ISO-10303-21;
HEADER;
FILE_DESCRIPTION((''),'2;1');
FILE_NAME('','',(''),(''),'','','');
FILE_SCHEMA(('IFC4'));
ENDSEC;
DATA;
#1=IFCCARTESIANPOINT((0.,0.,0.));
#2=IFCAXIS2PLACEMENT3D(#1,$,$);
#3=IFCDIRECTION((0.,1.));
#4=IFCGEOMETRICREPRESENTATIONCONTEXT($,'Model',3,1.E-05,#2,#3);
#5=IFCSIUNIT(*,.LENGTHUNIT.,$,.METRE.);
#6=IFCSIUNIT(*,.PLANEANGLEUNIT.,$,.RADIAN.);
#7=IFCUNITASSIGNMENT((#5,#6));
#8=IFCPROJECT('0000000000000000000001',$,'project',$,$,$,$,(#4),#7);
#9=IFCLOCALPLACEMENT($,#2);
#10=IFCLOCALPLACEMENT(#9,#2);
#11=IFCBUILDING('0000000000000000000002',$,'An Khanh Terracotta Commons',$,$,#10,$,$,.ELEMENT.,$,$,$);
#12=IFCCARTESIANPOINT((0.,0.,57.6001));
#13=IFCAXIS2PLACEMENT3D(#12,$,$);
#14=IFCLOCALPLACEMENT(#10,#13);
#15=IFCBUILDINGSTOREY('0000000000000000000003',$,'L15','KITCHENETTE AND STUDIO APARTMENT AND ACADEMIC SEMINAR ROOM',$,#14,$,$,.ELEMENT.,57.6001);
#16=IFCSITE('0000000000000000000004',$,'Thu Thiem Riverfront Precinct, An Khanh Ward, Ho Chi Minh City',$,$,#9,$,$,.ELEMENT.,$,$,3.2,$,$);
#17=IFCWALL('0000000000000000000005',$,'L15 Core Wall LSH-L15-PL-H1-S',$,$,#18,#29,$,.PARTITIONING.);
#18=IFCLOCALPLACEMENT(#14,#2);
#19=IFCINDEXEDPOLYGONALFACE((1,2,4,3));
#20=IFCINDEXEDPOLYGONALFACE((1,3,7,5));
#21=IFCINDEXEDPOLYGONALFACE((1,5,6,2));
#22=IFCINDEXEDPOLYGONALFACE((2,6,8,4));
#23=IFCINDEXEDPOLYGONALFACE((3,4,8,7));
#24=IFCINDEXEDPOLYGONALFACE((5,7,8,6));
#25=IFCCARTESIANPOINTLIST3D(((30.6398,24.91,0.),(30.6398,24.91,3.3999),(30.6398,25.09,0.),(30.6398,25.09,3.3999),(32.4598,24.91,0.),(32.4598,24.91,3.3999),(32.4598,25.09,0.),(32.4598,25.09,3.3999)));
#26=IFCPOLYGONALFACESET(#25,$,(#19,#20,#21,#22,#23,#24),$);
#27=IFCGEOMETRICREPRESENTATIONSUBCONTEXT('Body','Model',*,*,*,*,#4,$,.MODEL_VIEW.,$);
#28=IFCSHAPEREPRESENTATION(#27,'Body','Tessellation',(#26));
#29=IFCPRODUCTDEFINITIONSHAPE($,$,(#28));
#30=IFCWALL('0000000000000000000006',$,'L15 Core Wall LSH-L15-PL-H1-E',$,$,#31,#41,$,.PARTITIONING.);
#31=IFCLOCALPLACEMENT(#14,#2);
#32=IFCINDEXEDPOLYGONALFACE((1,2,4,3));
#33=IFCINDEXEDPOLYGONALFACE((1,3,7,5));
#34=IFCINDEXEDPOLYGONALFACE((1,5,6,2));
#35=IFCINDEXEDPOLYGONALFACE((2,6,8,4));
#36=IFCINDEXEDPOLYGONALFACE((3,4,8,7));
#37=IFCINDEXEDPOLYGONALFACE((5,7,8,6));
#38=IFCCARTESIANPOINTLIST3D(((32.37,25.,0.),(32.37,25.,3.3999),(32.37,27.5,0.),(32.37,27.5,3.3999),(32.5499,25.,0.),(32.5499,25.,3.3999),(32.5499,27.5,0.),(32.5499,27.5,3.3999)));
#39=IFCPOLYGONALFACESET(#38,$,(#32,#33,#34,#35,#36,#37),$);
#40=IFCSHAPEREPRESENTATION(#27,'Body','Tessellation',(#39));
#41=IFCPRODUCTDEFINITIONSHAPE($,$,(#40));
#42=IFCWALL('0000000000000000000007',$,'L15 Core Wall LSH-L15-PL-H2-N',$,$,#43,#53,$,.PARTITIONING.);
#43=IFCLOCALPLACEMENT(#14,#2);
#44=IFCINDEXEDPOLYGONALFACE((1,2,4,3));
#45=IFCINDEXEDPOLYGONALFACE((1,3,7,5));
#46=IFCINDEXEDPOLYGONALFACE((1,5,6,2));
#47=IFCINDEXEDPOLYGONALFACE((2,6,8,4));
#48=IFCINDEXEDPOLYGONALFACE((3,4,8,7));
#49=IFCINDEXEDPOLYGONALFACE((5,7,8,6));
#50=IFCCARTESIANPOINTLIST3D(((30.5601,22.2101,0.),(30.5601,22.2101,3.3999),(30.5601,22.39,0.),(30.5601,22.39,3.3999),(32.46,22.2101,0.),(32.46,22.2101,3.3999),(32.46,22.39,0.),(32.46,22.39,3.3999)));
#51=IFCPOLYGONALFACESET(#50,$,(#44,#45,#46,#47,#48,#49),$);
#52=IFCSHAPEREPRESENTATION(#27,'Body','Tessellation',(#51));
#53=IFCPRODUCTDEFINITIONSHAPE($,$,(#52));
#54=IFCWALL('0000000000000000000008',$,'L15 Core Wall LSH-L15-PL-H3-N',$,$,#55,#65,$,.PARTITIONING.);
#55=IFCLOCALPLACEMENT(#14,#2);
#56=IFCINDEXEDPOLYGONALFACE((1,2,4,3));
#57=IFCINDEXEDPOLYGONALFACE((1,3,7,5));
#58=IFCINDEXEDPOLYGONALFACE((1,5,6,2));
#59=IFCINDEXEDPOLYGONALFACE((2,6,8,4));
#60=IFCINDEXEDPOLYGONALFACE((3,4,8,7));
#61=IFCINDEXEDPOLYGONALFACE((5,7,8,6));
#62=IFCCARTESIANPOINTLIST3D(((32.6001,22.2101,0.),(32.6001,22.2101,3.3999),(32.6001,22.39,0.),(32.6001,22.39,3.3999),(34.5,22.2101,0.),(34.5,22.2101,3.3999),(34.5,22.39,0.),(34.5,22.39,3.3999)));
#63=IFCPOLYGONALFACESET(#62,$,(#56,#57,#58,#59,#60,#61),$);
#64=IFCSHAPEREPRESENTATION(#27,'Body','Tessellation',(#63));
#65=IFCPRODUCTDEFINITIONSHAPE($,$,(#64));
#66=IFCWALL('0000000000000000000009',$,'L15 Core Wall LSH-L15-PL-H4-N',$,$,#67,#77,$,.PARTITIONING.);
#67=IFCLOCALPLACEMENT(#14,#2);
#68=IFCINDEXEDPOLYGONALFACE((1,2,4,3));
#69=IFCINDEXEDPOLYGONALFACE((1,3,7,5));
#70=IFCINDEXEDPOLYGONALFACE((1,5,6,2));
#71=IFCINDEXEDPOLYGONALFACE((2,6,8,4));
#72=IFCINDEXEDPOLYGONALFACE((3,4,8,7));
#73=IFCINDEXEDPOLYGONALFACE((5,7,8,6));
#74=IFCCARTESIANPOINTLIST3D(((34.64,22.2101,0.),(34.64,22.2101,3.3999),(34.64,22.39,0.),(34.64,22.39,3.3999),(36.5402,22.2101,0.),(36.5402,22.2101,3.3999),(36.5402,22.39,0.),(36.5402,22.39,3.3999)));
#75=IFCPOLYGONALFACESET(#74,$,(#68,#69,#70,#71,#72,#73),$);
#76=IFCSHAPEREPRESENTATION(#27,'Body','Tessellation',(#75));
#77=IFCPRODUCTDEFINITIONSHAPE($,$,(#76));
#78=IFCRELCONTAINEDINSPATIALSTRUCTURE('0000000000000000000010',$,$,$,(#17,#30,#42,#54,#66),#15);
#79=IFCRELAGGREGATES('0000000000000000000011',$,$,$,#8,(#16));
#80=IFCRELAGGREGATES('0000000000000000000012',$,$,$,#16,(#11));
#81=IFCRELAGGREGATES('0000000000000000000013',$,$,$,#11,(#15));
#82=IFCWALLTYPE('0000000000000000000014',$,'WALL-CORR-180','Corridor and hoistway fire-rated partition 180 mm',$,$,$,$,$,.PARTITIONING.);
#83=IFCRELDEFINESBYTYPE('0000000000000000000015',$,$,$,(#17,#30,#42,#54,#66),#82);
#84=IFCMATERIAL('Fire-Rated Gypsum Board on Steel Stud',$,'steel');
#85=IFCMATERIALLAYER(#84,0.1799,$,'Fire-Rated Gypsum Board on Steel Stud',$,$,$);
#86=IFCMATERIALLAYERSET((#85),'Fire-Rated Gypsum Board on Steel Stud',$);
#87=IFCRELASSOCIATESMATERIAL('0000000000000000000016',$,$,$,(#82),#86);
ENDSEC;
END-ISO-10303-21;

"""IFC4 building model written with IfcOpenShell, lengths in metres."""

from ifc_helpers import new_model, si_unit, direction, frame, frame_2d, origin, place, context, subcontext, project, spatial, rectangle, extrude, material, layer, layer_set, type_object, element, save


model = new_model("IFC4")

# Units and contexts
model_context = context("Model", 3, precision=1e-05, world=origin(), true_north=direction((0.0, 1.0)))
body_context = subcontext(model_context, "Body", "Model", "MODEL_VIEW")
ifc_project = project(units=[si_unit("LENGTHUNIT", "METRE"), si_unit("PLANEANGLEUNIT", "RADIAN")], contexts=[model_context])

# Site, building, storey
site_placement = place(None, origin())
site = spatial("IfcSite", under=ifc_project, at=site_placement, Name="Thu Thiem Riverfront Precinct, An Khanh Ward, Ho Chi Minh City", CompositionType="ELEMENT", RefElevation=3.2)
building_placement = place(site_placement, origin())
building = spatial("IfcBuilding", under=site, at=building_placement, Name="An Khanh Terracotta Commons", CompositionType="ELEMENT")
storey_placement = place(building_placement, frame((0.0, 0.0, 57.6001)))
storey = spatial("IfcBuildingStorey", under=building, at=storey_placement, Name="L15", Description="KITCHENETTE AND STUDIO APARTMENT AND ACADEMIC SEMINAR ROOM", CompositionType="ELEMENT", Elevation=57.6001)

# Shared definitions
ifc_material_1 = material(Name="Fire-Rated Gypsum Board on Steel Stud", Category="steel")
ifc_layer = layer(ifc_material_1, 0.1799, Name="Fire-Rated Gypsum Board on Steel Stud")
ifc_layer_set = layer_set([ifc_layer], Name="Fire-Rated Gypsum Board on Steel Stud")
wall_type = type_object("IfcWallType", Name="WALL-CORR-180", Description="Corridor and hoistway fire-rated partition 180 mm", PredefinedType="PARTITIONING", material=ifc_layer_set)

# Walls
wall_1_placement = place(storey_placement, frame((32.46, 25.0, 0.0), z_axis=(0.0, 0.0, 1.0), x_axis=(-1.0, 0.0, 0.0)))
element("IfcWall", 1, at=wall_1_placement, inside=storey, type_object=wall_type, Name="L15 Core Wall LSH-L15-PL-H1-S", PredefinedType="PARTITIONING", context=body_context, shape_type="SweptSolid", body=[
    extrude(rectangle(XDim=1.8201, YDim=0.1799, at=frame_2d((0.9102, 0.0))), origin(), (0.0, 0.0, 1.0), 3.3999),
])
wall_2_placement = place(storey_placement, frame((32.46, 25.0, 0.0), z_axis=(0.0, 0.0, 1.0), x_axis=(0.0, 1.0, 0.0)))
element("IfcWall", 2, at=wall_2_placement, inside=storey, type_object=wall_type, Name="L15 Core Wall LSH-L15-PL-H1-E", PredefinedType="PARTITIONING", context=body_context, shape_type="SweptSolid", body=[
    extrude(rectangle(XDim=2.5, YDim=0.1799, at=frame_2d((1.25, 0.0))), origin(), (0.0, 0.0, 1.0), 3.3999),
])
for number, where, z_axis, x_axis, name in (
    (3, (30.5601, 22.3, 0.0), (0.0, 0.0, 1.0), (1.0, 0.0, 0.0), "L15 Core Wall LSH-L15-PL-H2-N"),
    (4, (32.6001, 22.3, 0.0), (0.0, 0.0, 1.0), (1.0, 0.0, 0.0), "L15 Core Wall LSH-L15-PL-H3-N"),
):
    element("IfcWall", number, at=place(storey_placement, frame(where, z_axis=z_axis, x_axis=x_axis)), inside=storey, type_object=wall_type, Name=name, PredefinedType="PARTITIONING", context=body_context, shape_type="SweptSolid", body=[
        extrude(rectangle(XDim=1.8999, YDim=0.1799, at=frame_2d((0.95, 0.0))), origin(), (0.0, 0.0, 1.0), 3.3999),
    ])
wall_3_placement = place(storey_placement, frame((34.6399, 22.3, 0.0), z_axis=(0.0, 0.0, 1.0), x_axis=(1.0, 0.0, 0.0)))
element("IfcWall", 5, at=wall_3_placement, inside=storey, type_object=wall_type, Name="L15 Core Wall LSH-L15-PL-H4-N", PredefinedType="PARTITIONING", context=body_context, shape_type="SweptSolid", body=[
    extrude(rectangle(XDim=1.9001, YDim=0.1799, at=frame_2d((0.9502, 0.0))), origin(), (0.0, 0.0, 1.0), 3.3999),
])

save(model, "model.ifc")
